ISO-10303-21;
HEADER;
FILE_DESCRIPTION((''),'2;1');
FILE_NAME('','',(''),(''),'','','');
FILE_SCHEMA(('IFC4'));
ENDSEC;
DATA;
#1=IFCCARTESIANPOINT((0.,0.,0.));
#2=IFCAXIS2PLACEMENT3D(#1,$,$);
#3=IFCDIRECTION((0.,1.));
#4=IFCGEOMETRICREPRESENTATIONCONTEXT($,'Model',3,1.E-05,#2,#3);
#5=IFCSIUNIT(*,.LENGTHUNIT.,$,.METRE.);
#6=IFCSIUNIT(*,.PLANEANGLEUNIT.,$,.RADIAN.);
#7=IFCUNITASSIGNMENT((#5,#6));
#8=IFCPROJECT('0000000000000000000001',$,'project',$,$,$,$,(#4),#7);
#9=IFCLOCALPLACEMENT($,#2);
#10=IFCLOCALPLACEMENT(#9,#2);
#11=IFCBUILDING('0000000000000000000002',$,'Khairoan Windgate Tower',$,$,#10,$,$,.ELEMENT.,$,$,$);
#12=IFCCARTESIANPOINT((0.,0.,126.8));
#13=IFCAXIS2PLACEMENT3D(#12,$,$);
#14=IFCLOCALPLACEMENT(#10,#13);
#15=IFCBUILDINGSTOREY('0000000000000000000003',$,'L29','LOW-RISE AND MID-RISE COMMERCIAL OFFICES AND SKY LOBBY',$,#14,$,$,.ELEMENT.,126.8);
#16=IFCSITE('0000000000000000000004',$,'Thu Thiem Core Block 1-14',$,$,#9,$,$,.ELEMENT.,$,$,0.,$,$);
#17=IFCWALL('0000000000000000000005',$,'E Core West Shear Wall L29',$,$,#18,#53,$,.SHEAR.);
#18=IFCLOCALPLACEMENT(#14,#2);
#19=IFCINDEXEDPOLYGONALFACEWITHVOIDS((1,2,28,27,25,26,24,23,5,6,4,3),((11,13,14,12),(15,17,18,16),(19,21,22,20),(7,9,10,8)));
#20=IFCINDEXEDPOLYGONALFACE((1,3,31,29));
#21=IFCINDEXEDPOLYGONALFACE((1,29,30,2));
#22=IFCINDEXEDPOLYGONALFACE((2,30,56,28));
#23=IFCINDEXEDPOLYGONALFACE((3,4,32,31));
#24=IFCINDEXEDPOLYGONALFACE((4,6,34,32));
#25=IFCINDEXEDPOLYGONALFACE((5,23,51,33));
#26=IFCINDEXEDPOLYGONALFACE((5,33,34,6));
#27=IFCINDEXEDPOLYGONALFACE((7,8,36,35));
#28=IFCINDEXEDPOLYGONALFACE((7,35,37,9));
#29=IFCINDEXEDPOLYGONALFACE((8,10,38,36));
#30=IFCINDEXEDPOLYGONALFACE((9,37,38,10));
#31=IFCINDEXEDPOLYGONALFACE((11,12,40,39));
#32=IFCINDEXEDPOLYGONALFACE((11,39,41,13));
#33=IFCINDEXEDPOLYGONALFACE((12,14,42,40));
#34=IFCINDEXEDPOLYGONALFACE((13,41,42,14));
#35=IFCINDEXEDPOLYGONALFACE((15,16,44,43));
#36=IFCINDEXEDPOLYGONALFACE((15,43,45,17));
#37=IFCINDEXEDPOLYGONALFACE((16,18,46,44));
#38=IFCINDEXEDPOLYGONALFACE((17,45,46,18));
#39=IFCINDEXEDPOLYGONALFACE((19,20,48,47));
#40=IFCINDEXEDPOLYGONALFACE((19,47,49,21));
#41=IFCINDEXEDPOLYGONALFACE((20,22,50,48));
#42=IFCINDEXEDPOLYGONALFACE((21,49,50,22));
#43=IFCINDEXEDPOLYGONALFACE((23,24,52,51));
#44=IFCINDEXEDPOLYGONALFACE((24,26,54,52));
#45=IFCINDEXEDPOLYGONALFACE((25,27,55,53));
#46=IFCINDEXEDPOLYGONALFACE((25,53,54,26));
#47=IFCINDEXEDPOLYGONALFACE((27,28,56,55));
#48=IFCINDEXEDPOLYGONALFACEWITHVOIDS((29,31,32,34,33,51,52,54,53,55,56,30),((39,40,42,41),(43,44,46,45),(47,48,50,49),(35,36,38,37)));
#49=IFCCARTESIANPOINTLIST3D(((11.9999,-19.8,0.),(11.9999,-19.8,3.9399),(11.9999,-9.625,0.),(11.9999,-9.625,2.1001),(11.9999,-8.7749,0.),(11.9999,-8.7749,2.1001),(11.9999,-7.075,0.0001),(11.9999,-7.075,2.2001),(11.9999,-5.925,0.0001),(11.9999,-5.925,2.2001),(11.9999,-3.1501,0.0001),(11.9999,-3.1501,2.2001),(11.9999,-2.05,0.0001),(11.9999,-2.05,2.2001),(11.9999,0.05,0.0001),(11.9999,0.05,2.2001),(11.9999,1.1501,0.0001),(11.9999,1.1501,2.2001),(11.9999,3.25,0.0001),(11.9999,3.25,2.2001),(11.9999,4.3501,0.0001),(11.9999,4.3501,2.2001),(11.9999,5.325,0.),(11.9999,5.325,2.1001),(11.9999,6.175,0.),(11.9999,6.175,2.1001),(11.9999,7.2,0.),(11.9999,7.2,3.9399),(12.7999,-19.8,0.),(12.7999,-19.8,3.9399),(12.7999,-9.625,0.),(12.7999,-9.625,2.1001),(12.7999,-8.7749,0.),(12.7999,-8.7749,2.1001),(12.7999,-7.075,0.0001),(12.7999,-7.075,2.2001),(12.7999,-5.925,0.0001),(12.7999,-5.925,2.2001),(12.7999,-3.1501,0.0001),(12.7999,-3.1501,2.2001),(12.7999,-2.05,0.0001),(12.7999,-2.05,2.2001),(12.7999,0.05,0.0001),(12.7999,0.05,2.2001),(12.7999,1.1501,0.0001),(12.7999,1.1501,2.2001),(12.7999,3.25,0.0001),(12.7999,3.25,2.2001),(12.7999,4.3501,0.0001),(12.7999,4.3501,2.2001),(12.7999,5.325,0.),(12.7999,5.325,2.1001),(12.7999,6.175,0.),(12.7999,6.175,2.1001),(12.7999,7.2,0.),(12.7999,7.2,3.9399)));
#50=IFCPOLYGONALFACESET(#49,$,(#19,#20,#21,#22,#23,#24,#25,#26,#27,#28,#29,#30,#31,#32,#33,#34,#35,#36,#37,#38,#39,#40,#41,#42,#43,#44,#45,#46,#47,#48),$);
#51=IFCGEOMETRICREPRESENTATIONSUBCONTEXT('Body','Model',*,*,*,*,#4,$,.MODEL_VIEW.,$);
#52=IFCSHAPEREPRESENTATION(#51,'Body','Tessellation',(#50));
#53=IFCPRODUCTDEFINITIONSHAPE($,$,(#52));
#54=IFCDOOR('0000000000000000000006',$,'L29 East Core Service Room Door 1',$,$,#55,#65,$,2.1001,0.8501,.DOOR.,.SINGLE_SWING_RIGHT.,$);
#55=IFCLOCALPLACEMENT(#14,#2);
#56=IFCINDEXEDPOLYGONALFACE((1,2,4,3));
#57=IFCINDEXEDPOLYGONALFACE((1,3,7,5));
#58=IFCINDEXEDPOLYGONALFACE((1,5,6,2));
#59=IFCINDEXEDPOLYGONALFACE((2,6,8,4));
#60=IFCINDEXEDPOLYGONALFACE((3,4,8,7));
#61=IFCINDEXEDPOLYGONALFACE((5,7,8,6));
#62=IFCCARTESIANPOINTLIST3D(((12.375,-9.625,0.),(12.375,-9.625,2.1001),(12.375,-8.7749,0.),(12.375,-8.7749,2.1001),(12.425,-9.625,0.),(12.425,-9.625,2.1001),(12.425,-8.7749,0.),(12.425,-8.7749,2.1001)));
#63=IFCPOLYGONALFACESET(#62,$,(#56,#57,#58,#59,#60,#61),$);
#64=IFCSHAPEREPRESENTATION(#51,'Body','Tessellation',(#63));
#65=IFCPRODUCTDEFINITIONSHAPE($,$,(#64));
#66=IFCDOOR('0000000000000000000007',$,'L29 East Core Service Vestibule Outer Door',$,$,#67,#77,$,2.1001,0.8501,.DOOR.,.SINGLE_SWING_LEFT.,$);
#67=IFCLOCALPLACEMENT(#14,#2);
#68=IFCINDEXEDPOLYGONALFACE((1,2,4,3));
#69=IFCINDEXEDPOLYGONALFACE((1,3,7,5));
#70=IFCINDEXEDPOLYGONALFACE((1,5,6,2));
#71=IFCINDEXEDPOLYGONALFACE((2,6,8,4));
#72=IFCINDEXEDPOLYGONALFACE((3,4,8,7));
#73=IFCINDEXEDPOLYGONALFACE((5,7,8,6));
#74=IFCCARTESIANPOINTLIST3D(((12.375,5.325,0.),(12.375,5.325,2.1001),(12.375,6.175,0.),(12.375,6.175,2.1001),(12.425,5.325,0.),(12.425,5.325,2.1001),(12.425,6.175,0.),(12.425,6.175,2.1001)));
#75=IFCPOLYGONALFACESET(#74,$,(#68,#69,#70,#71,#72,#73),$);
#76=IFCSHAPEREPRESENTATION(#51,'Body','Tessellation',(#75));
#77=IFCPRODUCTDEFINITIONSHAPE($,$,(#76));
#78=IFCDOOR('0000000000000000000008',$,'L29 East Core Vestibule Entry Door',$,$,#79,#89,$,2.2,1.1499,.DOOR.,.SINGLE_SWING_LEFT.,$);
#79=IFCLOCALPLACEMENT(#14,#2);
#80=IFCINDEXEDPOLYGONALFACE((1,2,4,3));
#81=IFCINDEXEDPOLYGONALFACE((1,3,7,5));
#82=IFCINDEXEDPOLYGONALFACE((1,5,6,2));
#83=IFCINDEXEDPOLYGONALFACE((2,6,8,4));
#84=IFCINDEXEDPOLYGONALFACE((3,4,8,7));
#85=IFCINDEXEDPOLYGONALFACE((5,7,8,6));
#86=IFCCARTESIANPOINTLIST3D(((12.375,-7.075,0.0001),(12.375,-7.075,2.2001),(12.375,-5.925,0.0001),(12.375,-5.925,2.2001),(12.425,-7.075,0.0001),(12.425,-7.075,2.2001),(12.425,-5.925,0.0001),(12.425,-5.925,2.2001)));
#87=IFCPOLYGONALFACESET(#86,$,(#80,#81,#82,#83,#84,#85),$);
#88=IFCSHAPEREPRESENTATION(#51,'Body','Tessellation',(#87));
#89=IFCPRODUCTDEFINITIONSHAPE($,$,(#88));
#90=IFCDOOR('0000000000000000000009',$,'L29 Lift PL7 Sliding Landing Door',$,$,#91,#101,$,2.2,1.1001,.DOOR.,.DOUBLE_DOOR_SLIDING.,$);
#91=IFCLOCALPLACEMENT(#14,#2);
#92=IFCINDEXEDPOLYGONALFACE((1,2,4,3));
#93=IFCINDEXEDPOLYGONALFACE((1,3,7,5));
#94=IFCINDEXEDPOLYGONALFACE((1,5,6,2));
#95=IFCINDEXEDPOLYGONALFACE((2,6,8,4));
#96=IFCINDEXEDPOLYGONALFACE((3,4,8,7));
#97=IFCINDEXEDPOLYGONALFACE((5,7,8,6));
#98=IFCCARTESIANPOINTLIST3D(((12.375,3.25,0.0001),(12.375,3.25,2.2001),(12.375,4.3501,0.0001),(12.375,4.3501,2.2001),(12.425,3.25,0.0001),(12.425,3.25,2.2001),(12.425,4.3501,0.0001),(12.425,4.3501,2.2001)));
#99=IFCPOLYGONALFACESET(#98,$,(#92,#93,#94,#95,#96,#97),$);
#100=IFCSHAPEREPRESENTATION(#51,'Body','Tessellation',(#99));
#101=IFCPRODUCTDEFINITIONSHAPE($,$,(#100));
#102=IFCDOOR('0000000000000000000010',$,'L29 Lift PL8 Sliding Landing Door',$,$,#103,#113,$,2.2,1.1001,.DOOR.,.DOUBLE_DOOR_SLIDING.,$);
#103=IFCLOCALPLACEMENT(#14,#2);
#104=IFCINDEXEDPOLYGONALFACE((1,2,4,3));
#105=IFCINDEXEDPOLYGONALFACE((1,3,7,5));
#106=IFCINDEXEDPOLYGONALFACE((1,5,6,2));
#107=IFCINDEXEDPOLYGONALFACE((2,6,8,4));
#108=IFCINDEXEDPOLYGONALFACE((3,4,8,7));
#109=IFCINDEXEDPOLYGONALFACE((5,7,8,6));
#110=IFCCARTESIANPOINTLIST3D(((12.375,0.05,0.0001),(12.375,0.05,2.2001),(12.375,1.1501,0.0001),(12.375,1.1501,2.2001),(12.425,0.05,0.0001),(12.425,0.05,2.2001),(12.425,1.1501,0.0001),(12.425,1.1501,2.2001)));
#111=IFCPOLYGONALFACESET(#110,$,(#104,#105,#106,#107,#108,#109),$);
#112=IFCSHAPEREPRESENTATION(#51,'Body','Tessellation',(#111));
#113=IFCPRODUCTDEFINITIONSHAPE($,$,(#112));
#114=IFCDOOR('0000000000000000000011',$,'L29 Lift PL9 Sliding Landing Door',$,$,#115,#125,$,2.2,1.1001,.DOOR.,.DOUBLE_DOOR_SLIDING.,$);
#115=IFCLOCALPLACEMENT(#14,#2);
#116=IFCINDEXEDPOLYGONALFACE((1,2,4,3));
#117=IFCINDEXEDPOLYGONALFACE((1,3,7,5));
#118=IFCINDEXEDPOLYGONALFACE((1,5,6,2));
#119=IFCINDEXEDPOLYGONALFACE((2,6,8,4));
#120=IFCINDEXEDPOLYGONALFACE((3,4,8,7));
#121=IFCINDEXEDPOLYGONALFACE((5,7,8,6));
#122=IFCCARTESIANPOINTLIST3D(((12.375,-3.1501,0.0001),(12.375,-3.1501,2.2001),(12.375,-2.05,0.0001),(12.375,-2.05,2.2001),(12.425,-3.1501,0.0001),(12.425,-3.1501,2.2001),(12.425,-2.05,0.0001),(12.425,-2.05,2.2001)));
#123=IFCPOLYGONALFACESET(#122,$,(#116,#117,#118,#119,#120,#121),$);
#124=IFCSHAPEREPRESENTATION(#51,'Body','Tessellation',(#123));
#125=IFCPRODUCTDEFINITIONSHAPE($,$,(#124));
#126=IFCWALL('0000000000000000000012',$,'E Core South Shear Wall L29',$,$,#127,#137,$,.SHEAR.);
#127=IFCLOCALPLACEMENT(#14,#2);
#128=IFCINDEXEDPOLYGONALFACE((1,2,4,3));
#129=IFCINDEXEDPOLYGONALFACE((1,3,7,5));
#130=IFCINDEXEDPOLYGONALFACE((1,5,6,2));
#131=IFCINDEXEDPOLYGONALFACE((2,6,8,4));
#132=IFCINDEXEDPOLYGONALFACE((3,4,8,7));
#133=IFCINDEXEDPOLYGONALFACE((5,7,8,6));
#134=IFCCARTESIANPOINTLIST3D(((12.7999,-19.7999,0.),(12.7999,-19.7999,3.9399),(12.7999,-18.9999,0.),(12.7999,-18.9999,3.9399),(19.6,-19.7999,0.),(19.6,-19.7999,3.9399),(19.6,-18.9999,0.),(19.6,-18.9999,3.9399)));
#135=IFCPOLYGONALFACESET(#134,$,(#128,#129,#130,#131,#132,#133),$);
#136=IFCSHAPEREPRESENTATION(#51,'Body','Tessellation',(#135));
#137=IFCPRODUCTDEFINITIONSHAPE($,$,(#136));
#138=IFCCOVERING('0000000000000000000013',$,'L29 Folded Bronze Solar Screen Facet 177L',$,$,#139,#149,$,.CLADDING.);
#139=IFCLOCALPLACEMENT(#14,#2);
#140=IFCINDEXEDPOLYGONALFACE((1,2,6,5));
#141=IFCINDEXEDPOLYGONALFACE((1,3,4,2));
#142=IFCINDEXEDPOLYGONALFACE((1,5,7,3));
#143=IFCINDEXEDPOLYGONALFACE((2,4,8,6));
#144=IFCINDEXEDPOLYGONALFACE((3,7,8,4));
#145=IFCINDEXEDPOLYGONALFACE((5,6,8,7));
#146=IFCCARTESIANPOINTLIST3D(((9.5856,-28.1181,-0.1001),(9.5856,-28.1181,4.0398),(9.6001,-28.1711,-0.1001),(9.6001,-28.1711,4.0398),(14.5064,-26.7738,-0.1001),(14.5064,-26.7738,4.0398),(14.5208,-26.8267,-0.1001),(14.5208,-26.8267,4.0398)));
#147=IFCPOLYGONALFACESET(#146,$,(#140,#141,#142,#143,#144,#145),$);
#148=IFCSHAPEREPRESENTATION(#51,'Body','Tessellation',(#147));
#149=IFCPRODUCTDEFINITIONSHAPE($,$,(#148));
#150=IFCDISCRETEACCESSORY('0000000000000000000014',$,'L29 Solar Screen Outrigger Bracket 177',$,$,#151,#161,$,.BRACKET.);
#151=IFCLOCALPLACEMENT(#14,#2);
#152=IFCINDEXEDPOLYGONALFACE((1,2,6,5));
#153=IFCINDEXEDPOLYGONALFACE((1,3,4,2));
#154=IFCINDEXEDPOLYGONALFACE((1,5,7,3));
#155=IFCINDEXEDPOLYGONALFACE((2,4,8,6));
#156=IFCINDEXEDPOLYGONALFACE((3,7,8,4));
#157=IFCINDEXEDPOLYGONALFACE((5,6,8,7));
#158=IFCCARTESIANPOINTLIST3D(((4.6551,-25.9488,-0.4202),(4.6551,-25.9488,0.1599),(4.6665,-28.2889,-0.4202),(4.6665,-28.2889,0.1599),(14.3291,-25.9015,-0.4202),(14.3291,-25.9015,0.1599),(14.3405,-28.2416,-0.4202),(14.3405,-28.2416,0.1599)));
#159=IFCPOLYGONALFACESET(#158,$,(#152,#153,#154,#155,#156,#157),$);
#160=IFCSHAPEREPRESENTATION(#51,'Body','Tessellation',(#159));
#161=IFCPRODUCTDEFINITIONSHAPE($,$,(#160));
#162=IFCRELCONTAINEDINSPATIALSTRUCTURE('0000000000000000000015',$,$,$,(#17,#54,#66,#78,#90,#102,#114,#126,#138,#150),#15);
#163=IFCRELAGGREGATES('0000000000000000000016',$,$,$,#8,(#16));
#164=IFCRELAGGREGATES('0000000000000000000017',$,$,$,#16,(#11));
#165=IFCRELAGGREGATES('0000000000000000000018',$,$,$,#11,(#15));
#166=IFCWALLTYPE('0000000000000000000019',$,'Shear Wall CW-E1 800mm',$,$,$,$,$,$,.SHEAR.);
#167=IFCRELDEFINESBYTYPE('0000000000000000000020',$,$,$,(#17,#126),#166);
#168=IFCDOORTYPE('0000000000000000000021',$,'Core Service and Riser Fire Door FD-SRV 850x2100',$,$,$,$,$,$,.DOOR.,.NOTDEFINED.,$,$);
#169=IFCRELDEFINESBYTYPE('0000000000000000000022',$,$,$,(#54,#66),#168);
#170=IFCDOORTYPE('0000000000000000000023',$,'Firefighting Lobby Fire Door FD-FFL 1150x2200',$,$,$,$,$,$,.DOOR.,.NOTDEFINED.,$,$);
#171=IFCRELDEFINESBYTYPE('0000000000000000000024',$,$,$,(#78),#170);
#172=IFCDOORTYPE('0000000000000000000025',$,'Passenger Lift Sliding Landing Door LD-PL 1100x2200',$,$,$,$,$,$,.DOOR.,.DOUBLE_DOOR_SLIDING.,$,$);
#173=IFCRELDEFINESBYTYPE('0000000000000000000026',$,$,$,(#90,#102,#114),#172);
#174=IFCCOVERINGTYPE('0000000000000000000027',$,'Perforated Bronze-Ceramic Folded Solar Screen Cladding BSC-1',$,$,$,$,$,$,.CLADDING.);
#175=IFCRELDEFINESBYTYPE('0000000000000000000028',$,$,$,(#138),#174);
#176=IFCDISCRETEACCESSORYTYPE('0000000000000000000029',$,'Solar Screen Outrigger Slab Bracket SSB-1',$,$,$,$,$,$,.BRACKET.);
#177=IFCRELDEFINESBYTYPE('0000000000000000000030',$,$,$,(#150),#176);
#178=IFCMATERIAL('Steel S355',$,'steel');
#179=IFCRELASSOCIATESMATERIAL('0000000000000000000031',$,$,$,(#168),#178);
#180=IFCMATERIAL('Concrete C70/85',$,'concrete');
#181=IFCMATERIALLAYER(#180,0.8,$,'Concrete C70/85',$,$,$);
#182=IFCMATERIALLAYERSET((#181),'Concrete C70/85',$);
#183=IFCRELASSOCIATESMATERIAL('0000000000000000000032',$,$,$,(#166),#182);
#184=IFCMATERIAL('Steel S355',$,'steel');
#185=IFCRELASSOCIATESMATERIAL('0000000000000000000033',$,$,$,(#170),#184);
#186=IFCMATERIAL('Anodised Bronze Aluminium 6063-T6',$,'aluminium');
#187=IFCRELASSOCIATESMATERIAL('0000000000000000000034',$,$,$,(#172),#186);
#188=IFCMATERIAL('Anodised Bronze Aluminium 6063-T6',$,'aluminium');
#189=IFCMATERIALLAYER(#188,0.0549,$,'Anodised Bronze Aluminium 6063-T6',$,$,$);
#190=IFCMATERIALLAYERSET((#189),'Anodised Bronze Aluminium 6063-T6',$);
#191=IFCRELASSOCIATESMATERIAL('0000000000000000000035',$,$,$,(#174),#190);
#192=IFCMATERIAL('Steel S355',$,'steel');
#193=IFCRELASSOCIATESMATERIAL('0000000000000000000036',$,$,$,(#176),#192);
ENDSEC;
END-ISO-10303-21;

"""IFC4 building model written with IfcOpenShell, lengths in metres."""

from ifc_helpers import new_model, si_unit, direction, frame, frame_2d, origin, origin_2d, place, context, subcontext, project, spatial, rectangle, extrude, material, layer, layer_set, type_object, element, fill, save


model = new_model("IFC4")

# Units and contexts
model_context = context("Model", 3, precision=1e-05, world=origin(), true_north=direction((0.0, 1.0)))
body_context = subcontext(model_context, "Body", "Model", "MODEL_VIEW")
ifc_project = project(units=[si_unit("LENGTHUNIT", "METRE"), si_unit("PLANEANGLEUNIT", "RADIAN")], contexts=[model_context])

# Site, building, storey
site_placement = place(None, origin())
site = spatial("IfcSite", under=ifc_project, at=site_placement, Name="Thu Thiem Core Block 1-14", CompositionType="ELEMENT", RefElevation=0.0)
building_placement = place(site_placement, origin())
building = spatial("IfcBuilding", under=site, at=building_placement, Name="Khairoan Windgate Tower", CompositionType="ELEMENT")
storey_placement = place(building_placement, frame((0.0, 0.0, 126.8)))
storey = spatial("IfcBuildingStorey", under=building, at=storey_placement, Name="L29", Description="LOW-RISE AND MID-RISE COMMERCIAL OFFICES AND SKY LOBBY", CompositionType="ELEMENT", Elevation=126.8)

# Shared definitions
ifc_material_1 = material(Name="Steel S355", Category="steel")
door_type_1 = type_object("IfcDoorType", Name="Core Service and Riser Fire Door FD-SRV 850x2100", OperationType="NOTDEFINED", PredefinedType="DOOR", material=ifc_material_1)

# Wall, openings, doors
ifc_material_2 = material(Name="Concrete C70/85", Category="concrete")
ifc_layer_1 = layer(ifc_material_2, 0.8, Name="Concrete C70/85")
ifc_layer_set_1 = layer_set([ifc_layer_1], Name="Concrete C70/85")
wall_type_1 = type_object("IfcWallType", Name="Shear Wall CW-E1 800mm", PredefinedType="SHEAR", material=ifc_layer_set_1)
wall_1_placement = place(storey_placement, frame((12.3999, -19.8, 0.0), z_axis=(0.0, 0.0, 1.0), x_axis=(0.0, 1.0, 0.0)))
wall_1 = element("IfcWall", 1, at=wall_1_placement, inside=storey, type_object=wall_type_1, Name="E Core West Shear Wall L29", PredefinedType="SHEAR", context=body_context, shape_type="SweptSolid", body=[
    extrude(rectangle(XDim=27.0, YDim=0.8, at=frame_2d((13.5, 0.0))), origin(), (0.0, 0.0, 1.0), 3.9399),
])
opening_1_placement = place(wall_1_placement, frame((23.05, 0.0, 0.0)))
opening_1 = element("IfcOpeningElement", 2, at=opening_1_placement, cuts=wall_1, PredefinedType="OPENING", context=body_context, shape_type="SweptSolid", body=[
    extrude(rectangle(XDim=1.1001, YDim=2.2, at=frame_2d((0.55, 1.1001))), frame((0.0, 0.4099, 0.0), z_axis=(0.0, -1.0, 0.0), x_axis=(1.0, 0.0, 0.0)), (0.0, 0.0, 1.0), 0.8201),
])
opening_2_placement = place(wall_1_placement, frame((19.8501, 0.0, 0.0)))
opening_2 = element("IfcOpeningElement", 3, at=opening_2_placement, cuts=wall_1, PredefinedType="OPENING", context=body_context, shape_type="SweptSolid", body=[
    extrude(rectangle(XDim=1.1001, YDim=2.2, at=frame_2d((0.55, 1.1001))), frame((0.0, 0.4099, 0.0), z_axis=(0.0, -1.0, 0.0), x_axis=(1.0, 0.0, 0.0)), (0.0, 0.0, 1.0), 0.8201),
])
opening_3_placement = place(wall_1_placement, frame((16.6499, 0.0, 0.0)))
opening_3 = element("IfcOpeningElement", 4, at=opening_3_placement, cuts=wall_1, PredefinedType="OPENING", context=body_context, shape_type="SweptSolid", body=[
    extrude(rectangle(XDim=1.1001, YDim=2.2, at=frame_2d((0.55, 1.1001))), frame((0.0, 0.4099, 0.0), z_axis=(0.0, -1.0, 0.0), x_axis=(1.0, 0.0, 0.0)), (0.0, 0.0, 1.0), 0.8201),
])
opening_4_placement = place(wall_1_placement, frame((10.175, 0.0, 0.0)))
opening_4 = element("IfcOpeningElement", 5, at=opening_4_placement, cuts=wall_1, PredefinedType="OPENING", context=body_context, shape_type="SweptSolid", body=[
    extrude(rectangle(XDim=0.8501, YDim=2.1001, at=frame_2d((0.425, 1.05))), frame((0.0, 0.4099, 0.0), z_axis=(0.0, -1.0, 0.0), x_axis=(1.0, 0.0, 0.0)), (0.0, 0.0, 1.0), 0.8201),
])
opening_5_placement = place(wall_1_placement, frame((12.7251, 0.0, 0.0)))
opening_5 = element("IfcOpeningElement", 6, at=opening_5_placement, cuts=wall_1, PredefinedType="OPENING", context=body_context, shape_type="SweptSolid", body=[
    extrude(rectangle(XDim=1.1499, YDim=2.2, at=frame_2d((0.575, 1.1001))), frame((0.0, 0.4099, 0.0), z_axis=(0.0, -1.0, 0.0), x_axis=(1.0, 0.0, 0.0)), (0.0, 0.0, 1.0), 0.8201),
])
opening_6_placement = place(wall_1_placement, frame((25.125, 0.0, 0.0)))
opening_6 = element("IfcOpeningElement", 7, at=opening_6_placement, cuts=wall_1, PredefinedType="OPENING", context=body_context, shape_type="SweptSolid", body=[
    extrude(rectangle(XDim=0.8501, YDim=2.1001, at=frame_2d((0.425, 1.05))), frame((0.0, 0.4099, 0.0), z_axis=(0.0, -1.0, 0.0), x_axis=(1.0, 0.0, 0.0)), (0.0, 0.0, 1.0), 0.8201),
])
door_1_placement = place(opening_4_placement, origin())
door_1 = element("IfcDoor", 8, at=door_1_placement, inside=storey, type_object=door_type_1, Name="L29 East Core Service Room Door 1", OperationType="SINGLE_SWING_RIGHT", OverallHeight=2.1001, OverallWidth=0.8501, PredefinedType="DOOR", context=body_context, shape_type="SweptSolid", body=[
    extrude(rectangle(XDim=0.8501, YDim=2.1001, at=frame_2d((0.425, 1.05))), frame((0.0, 0.0249, 0.0), z_axis=(0.0, -1.0, 0.0), x_axis=(1.0, 0.0, 0.0)), (0.0, 0.0, 1.0), 0.05),
])
fill(opening_4, door_1)
door_2_placement = place(opening_6_placement, origin())
door_2 = element("IfcDoor", 9, at=door_2_placement, inside=storey, type_object=door_type_1, Name="L29 East Core Service Vestibule Outer Door", OperationType="SINGLE_SWING_LEFT", OverallHeight=2.1001, OverallWidth=0.8501, PredefinedType="DOOR", context=body_context, shape_type="SweptSolid", body=[
    extrude(rectangle(XDim=0.8501, YDim=2.1001, at=frame_2d((0.425, 1.05))), frame((0.0, 0.0249, 0.0), z_axis=(0.0, -1.0, 0.0), x_axis=(1.0, 0.0, 0.0)), (0.0, 0.0, 1.0), 0.05),
])
fill(opening_6, door_2)
ifc_material_3 = material(Name="Steel S355", Category="steel")
door_type_2 = type_object("IfcDoorType", Name="Firefighting Lobby Fire Door FD-FFL 1150x2200", OperationType="NOTDEFINED", PredefinedType="DOOR", material=ifc_material_3)
door_3_placement = place(opening_5_placement, origin())
door_3 = element("IfcDoor", 10, at=door_3_placement, inside=storey, type_object=door_type_2, Name="L29 East Core Vestibule Entry Door", OperationType="SINGLE_SWING_LEFT", OverallHeight=2.2, OverallWidth=1.1499, PredefinedType="DOOR", context=body_context, shape_type="SweptSolid", body=[
    extrude(rectangle(XDim=1.1499, YDim=2.2, at=frame_2d((0.575, 1.1001))), frame((0.0, 0.0249, 0.0), z_axis=(0.0, -1.0, 0.0), x_axis=(1.0, 0.0, 0.0)), (0.0, 0.0, 1.0), 0.05),
])
fill(opening_5, door_3)
ifc_material_4 = material(Name="Anodised Bronze Aluminium 6063-T6", Category="aluminium")
door_type_3 = type_object("IfcDoorType", Name="Passenger Lift Sliding Landing Door LD-PL 1100x2200", OperationType="DOUBLE_DOOR_SLIDING", PredefinedType="DOOR", material=ifc_material_4)
door_4_placement = place(opening_1_placement, origin())
door_4 = element("IfcDoor", 11, at=door_4_placement, inside=storey, type_object=door_type_3, Name="L29 Lift PL7 Sliding Landing Door", OperationType="DOUBLE_DOOR_SLIDING", OverallHeight=2.2, OverallWidth=1.1001, PredefinedType="DOOR", context=body_context, shape_type="SweptSolid", body=[
    extrude(rectangle(XDim=1.1001, YDim=2.2, at=frame_2d((0.55, 1.1001))), frame((0.0, 0.0249, 0.0), z_axis=(0.0, -1.0, 0.0), x_axis=(1.0, 0.0, 0.0)), (0.0, 0.0, 1.0), 0.05),
])
fill(opening_1, door_4)
door_5_placement = place(opening_2_placement, origin())
door_5 = element("IfcDoor", 12, at=door_5_placement, inside=storey, type_object=door_type_3, Name="L29 Lift PL8 Sliding Landing Door", OperationType="DOUBLE_DOOR_SLIDING", OverallHeight=2.2, OverallWidth=1.1001, PredefinedType="DOOR", context=body_context, shape_type="SweptSolid", body=[
    extrude(rectangle(XDim=1.1001, YDim=2.2, at=frame_2d((0.55, 1.1001))), frame((0.0, 0.0249, 0.0), z_axis=(0.0, -1.0, 0.0), x_axis=(1.0, 0.0, 0.0)), (0.0, 0.0, 1.0), 0.05),
])
fill(opening_2, door_5)
door_6_placement = place(opening_3_placement, origin())
door_6 = element("IfcDoor", 13, at=door_6_placement, inside=storey, type_object=door_type_3, Name="L29 Lift PL9 Sliding Landing Door", OperationType="DOUBLE_DOOR_SLIDING", OverallHeight=2.2, OverallWidth=1.1001, PredefinedType="DOOR", context=body_context, shape_type="SweptSolid", body=[
    extrude(rectangle(XDim=1.1001, YDim=2.2, at=frame_2d((0.55, 1.1001))), frame((0.0, 0.0249, 0.0), z_axis=(0.0, -1.0, 0.0), x_axis=(1.0, 0.0, 0.0)), (0.0, 0.0, 1.0), 0.05),
])
fill(opening_3, door_6)

# Wall
wall_2_placement = place(storey_placement, frame((12.8, -19.3999, 0.0), z_axis=(0.0, 0.0, 1.0), x_axis=(1.0, 0.0, 0.0)))
element("IfcWall", 14, at=wall_2_placement, inside=storey, type_object=wall_type_1, Name="E Core South Shear Wall L29", PredefinedType="SHEAR", context=body_context, shape_type="SweptSolid", body=[
    extrude(rectangle(XDim=6.8, YDim=0.8, at=frame_2d((3.3999, 0.0))), origin(), (0.0, 0.0, 1.0), 3.9399),
])

# Covering
ifc_material_5 = material(Name="Anodised Bronze Aluminium 6063-T6", Category="aluminium")
ifc_layer_2 = layer(ifc_material_5, 0.0549, Name="Anodised Bronze Aluminium 6063-T6")
ifc_layer_set_2 = layer_set([ifc_layer_2], Name="Anodised Bronze Aluminium 6063-T6")
covering_type = type_object("IfcCoveringType", Name="Perforated Bronze-Ceramic Folded Solar Screen Cladding BSC-1", PredefinedType="CLADDING", material=ifc_layer_set_2)
covering_placement = place(storey_placement, frame((12.0532, -27.4724, -0.1001), z_axis=(0.0, 0.0, 1.0), x_axis=(-0.964649, -0.263536, 0.0)))
element("IfcCovering", 15, at=covering_placement, inside=storey, type_object=covering_type, Name="L29 Folded Bronze Solar Screen Facet 177L", PredefinedType="CLADDING", context=body_context, shape_type="SweptSolid", body=[
    extrude(rectangle(XDim=5.1011, YDim=0.0549, at=origin_2d()), origin(), (0.0, 0.0, 1.0), 4.1399),
])

# Discrete accessory
ifc_material_6 = material(Name="Steel S355", Category="steel")
discrete_accessory_type = type_object("IfcDiscreteAccessoryType", Name="Solar Screen Outrigger Slab Bracket SSB-1", PredefinedType="BRACKET", material=ifc_material_6)
discrete_accessory_placement = place(storey_placement, frame((9.4978, -27.0952, -0.4202), z_axis=(0.0, 0.0, 1.0), x_axis=(-0.999988, -0.004887, 0.0)))
element("IfcDiscreteAccessory", 16, at=discrete_accessory_placement, inside=storey, type_object=discrete_accessory_type, Name="L29 Solar Screen Outrigger Bracket 177", PredefinedType="BRACKET", context=body_context, shape_type="SweptSolid", body=[
    extrude(rectangle(XDim=9.6741, YDim=2.3401, at=origin_2d()), origin(), (0.0, 0.0, 1.0), 0.5801),
])

save(model, "model.ifc")
